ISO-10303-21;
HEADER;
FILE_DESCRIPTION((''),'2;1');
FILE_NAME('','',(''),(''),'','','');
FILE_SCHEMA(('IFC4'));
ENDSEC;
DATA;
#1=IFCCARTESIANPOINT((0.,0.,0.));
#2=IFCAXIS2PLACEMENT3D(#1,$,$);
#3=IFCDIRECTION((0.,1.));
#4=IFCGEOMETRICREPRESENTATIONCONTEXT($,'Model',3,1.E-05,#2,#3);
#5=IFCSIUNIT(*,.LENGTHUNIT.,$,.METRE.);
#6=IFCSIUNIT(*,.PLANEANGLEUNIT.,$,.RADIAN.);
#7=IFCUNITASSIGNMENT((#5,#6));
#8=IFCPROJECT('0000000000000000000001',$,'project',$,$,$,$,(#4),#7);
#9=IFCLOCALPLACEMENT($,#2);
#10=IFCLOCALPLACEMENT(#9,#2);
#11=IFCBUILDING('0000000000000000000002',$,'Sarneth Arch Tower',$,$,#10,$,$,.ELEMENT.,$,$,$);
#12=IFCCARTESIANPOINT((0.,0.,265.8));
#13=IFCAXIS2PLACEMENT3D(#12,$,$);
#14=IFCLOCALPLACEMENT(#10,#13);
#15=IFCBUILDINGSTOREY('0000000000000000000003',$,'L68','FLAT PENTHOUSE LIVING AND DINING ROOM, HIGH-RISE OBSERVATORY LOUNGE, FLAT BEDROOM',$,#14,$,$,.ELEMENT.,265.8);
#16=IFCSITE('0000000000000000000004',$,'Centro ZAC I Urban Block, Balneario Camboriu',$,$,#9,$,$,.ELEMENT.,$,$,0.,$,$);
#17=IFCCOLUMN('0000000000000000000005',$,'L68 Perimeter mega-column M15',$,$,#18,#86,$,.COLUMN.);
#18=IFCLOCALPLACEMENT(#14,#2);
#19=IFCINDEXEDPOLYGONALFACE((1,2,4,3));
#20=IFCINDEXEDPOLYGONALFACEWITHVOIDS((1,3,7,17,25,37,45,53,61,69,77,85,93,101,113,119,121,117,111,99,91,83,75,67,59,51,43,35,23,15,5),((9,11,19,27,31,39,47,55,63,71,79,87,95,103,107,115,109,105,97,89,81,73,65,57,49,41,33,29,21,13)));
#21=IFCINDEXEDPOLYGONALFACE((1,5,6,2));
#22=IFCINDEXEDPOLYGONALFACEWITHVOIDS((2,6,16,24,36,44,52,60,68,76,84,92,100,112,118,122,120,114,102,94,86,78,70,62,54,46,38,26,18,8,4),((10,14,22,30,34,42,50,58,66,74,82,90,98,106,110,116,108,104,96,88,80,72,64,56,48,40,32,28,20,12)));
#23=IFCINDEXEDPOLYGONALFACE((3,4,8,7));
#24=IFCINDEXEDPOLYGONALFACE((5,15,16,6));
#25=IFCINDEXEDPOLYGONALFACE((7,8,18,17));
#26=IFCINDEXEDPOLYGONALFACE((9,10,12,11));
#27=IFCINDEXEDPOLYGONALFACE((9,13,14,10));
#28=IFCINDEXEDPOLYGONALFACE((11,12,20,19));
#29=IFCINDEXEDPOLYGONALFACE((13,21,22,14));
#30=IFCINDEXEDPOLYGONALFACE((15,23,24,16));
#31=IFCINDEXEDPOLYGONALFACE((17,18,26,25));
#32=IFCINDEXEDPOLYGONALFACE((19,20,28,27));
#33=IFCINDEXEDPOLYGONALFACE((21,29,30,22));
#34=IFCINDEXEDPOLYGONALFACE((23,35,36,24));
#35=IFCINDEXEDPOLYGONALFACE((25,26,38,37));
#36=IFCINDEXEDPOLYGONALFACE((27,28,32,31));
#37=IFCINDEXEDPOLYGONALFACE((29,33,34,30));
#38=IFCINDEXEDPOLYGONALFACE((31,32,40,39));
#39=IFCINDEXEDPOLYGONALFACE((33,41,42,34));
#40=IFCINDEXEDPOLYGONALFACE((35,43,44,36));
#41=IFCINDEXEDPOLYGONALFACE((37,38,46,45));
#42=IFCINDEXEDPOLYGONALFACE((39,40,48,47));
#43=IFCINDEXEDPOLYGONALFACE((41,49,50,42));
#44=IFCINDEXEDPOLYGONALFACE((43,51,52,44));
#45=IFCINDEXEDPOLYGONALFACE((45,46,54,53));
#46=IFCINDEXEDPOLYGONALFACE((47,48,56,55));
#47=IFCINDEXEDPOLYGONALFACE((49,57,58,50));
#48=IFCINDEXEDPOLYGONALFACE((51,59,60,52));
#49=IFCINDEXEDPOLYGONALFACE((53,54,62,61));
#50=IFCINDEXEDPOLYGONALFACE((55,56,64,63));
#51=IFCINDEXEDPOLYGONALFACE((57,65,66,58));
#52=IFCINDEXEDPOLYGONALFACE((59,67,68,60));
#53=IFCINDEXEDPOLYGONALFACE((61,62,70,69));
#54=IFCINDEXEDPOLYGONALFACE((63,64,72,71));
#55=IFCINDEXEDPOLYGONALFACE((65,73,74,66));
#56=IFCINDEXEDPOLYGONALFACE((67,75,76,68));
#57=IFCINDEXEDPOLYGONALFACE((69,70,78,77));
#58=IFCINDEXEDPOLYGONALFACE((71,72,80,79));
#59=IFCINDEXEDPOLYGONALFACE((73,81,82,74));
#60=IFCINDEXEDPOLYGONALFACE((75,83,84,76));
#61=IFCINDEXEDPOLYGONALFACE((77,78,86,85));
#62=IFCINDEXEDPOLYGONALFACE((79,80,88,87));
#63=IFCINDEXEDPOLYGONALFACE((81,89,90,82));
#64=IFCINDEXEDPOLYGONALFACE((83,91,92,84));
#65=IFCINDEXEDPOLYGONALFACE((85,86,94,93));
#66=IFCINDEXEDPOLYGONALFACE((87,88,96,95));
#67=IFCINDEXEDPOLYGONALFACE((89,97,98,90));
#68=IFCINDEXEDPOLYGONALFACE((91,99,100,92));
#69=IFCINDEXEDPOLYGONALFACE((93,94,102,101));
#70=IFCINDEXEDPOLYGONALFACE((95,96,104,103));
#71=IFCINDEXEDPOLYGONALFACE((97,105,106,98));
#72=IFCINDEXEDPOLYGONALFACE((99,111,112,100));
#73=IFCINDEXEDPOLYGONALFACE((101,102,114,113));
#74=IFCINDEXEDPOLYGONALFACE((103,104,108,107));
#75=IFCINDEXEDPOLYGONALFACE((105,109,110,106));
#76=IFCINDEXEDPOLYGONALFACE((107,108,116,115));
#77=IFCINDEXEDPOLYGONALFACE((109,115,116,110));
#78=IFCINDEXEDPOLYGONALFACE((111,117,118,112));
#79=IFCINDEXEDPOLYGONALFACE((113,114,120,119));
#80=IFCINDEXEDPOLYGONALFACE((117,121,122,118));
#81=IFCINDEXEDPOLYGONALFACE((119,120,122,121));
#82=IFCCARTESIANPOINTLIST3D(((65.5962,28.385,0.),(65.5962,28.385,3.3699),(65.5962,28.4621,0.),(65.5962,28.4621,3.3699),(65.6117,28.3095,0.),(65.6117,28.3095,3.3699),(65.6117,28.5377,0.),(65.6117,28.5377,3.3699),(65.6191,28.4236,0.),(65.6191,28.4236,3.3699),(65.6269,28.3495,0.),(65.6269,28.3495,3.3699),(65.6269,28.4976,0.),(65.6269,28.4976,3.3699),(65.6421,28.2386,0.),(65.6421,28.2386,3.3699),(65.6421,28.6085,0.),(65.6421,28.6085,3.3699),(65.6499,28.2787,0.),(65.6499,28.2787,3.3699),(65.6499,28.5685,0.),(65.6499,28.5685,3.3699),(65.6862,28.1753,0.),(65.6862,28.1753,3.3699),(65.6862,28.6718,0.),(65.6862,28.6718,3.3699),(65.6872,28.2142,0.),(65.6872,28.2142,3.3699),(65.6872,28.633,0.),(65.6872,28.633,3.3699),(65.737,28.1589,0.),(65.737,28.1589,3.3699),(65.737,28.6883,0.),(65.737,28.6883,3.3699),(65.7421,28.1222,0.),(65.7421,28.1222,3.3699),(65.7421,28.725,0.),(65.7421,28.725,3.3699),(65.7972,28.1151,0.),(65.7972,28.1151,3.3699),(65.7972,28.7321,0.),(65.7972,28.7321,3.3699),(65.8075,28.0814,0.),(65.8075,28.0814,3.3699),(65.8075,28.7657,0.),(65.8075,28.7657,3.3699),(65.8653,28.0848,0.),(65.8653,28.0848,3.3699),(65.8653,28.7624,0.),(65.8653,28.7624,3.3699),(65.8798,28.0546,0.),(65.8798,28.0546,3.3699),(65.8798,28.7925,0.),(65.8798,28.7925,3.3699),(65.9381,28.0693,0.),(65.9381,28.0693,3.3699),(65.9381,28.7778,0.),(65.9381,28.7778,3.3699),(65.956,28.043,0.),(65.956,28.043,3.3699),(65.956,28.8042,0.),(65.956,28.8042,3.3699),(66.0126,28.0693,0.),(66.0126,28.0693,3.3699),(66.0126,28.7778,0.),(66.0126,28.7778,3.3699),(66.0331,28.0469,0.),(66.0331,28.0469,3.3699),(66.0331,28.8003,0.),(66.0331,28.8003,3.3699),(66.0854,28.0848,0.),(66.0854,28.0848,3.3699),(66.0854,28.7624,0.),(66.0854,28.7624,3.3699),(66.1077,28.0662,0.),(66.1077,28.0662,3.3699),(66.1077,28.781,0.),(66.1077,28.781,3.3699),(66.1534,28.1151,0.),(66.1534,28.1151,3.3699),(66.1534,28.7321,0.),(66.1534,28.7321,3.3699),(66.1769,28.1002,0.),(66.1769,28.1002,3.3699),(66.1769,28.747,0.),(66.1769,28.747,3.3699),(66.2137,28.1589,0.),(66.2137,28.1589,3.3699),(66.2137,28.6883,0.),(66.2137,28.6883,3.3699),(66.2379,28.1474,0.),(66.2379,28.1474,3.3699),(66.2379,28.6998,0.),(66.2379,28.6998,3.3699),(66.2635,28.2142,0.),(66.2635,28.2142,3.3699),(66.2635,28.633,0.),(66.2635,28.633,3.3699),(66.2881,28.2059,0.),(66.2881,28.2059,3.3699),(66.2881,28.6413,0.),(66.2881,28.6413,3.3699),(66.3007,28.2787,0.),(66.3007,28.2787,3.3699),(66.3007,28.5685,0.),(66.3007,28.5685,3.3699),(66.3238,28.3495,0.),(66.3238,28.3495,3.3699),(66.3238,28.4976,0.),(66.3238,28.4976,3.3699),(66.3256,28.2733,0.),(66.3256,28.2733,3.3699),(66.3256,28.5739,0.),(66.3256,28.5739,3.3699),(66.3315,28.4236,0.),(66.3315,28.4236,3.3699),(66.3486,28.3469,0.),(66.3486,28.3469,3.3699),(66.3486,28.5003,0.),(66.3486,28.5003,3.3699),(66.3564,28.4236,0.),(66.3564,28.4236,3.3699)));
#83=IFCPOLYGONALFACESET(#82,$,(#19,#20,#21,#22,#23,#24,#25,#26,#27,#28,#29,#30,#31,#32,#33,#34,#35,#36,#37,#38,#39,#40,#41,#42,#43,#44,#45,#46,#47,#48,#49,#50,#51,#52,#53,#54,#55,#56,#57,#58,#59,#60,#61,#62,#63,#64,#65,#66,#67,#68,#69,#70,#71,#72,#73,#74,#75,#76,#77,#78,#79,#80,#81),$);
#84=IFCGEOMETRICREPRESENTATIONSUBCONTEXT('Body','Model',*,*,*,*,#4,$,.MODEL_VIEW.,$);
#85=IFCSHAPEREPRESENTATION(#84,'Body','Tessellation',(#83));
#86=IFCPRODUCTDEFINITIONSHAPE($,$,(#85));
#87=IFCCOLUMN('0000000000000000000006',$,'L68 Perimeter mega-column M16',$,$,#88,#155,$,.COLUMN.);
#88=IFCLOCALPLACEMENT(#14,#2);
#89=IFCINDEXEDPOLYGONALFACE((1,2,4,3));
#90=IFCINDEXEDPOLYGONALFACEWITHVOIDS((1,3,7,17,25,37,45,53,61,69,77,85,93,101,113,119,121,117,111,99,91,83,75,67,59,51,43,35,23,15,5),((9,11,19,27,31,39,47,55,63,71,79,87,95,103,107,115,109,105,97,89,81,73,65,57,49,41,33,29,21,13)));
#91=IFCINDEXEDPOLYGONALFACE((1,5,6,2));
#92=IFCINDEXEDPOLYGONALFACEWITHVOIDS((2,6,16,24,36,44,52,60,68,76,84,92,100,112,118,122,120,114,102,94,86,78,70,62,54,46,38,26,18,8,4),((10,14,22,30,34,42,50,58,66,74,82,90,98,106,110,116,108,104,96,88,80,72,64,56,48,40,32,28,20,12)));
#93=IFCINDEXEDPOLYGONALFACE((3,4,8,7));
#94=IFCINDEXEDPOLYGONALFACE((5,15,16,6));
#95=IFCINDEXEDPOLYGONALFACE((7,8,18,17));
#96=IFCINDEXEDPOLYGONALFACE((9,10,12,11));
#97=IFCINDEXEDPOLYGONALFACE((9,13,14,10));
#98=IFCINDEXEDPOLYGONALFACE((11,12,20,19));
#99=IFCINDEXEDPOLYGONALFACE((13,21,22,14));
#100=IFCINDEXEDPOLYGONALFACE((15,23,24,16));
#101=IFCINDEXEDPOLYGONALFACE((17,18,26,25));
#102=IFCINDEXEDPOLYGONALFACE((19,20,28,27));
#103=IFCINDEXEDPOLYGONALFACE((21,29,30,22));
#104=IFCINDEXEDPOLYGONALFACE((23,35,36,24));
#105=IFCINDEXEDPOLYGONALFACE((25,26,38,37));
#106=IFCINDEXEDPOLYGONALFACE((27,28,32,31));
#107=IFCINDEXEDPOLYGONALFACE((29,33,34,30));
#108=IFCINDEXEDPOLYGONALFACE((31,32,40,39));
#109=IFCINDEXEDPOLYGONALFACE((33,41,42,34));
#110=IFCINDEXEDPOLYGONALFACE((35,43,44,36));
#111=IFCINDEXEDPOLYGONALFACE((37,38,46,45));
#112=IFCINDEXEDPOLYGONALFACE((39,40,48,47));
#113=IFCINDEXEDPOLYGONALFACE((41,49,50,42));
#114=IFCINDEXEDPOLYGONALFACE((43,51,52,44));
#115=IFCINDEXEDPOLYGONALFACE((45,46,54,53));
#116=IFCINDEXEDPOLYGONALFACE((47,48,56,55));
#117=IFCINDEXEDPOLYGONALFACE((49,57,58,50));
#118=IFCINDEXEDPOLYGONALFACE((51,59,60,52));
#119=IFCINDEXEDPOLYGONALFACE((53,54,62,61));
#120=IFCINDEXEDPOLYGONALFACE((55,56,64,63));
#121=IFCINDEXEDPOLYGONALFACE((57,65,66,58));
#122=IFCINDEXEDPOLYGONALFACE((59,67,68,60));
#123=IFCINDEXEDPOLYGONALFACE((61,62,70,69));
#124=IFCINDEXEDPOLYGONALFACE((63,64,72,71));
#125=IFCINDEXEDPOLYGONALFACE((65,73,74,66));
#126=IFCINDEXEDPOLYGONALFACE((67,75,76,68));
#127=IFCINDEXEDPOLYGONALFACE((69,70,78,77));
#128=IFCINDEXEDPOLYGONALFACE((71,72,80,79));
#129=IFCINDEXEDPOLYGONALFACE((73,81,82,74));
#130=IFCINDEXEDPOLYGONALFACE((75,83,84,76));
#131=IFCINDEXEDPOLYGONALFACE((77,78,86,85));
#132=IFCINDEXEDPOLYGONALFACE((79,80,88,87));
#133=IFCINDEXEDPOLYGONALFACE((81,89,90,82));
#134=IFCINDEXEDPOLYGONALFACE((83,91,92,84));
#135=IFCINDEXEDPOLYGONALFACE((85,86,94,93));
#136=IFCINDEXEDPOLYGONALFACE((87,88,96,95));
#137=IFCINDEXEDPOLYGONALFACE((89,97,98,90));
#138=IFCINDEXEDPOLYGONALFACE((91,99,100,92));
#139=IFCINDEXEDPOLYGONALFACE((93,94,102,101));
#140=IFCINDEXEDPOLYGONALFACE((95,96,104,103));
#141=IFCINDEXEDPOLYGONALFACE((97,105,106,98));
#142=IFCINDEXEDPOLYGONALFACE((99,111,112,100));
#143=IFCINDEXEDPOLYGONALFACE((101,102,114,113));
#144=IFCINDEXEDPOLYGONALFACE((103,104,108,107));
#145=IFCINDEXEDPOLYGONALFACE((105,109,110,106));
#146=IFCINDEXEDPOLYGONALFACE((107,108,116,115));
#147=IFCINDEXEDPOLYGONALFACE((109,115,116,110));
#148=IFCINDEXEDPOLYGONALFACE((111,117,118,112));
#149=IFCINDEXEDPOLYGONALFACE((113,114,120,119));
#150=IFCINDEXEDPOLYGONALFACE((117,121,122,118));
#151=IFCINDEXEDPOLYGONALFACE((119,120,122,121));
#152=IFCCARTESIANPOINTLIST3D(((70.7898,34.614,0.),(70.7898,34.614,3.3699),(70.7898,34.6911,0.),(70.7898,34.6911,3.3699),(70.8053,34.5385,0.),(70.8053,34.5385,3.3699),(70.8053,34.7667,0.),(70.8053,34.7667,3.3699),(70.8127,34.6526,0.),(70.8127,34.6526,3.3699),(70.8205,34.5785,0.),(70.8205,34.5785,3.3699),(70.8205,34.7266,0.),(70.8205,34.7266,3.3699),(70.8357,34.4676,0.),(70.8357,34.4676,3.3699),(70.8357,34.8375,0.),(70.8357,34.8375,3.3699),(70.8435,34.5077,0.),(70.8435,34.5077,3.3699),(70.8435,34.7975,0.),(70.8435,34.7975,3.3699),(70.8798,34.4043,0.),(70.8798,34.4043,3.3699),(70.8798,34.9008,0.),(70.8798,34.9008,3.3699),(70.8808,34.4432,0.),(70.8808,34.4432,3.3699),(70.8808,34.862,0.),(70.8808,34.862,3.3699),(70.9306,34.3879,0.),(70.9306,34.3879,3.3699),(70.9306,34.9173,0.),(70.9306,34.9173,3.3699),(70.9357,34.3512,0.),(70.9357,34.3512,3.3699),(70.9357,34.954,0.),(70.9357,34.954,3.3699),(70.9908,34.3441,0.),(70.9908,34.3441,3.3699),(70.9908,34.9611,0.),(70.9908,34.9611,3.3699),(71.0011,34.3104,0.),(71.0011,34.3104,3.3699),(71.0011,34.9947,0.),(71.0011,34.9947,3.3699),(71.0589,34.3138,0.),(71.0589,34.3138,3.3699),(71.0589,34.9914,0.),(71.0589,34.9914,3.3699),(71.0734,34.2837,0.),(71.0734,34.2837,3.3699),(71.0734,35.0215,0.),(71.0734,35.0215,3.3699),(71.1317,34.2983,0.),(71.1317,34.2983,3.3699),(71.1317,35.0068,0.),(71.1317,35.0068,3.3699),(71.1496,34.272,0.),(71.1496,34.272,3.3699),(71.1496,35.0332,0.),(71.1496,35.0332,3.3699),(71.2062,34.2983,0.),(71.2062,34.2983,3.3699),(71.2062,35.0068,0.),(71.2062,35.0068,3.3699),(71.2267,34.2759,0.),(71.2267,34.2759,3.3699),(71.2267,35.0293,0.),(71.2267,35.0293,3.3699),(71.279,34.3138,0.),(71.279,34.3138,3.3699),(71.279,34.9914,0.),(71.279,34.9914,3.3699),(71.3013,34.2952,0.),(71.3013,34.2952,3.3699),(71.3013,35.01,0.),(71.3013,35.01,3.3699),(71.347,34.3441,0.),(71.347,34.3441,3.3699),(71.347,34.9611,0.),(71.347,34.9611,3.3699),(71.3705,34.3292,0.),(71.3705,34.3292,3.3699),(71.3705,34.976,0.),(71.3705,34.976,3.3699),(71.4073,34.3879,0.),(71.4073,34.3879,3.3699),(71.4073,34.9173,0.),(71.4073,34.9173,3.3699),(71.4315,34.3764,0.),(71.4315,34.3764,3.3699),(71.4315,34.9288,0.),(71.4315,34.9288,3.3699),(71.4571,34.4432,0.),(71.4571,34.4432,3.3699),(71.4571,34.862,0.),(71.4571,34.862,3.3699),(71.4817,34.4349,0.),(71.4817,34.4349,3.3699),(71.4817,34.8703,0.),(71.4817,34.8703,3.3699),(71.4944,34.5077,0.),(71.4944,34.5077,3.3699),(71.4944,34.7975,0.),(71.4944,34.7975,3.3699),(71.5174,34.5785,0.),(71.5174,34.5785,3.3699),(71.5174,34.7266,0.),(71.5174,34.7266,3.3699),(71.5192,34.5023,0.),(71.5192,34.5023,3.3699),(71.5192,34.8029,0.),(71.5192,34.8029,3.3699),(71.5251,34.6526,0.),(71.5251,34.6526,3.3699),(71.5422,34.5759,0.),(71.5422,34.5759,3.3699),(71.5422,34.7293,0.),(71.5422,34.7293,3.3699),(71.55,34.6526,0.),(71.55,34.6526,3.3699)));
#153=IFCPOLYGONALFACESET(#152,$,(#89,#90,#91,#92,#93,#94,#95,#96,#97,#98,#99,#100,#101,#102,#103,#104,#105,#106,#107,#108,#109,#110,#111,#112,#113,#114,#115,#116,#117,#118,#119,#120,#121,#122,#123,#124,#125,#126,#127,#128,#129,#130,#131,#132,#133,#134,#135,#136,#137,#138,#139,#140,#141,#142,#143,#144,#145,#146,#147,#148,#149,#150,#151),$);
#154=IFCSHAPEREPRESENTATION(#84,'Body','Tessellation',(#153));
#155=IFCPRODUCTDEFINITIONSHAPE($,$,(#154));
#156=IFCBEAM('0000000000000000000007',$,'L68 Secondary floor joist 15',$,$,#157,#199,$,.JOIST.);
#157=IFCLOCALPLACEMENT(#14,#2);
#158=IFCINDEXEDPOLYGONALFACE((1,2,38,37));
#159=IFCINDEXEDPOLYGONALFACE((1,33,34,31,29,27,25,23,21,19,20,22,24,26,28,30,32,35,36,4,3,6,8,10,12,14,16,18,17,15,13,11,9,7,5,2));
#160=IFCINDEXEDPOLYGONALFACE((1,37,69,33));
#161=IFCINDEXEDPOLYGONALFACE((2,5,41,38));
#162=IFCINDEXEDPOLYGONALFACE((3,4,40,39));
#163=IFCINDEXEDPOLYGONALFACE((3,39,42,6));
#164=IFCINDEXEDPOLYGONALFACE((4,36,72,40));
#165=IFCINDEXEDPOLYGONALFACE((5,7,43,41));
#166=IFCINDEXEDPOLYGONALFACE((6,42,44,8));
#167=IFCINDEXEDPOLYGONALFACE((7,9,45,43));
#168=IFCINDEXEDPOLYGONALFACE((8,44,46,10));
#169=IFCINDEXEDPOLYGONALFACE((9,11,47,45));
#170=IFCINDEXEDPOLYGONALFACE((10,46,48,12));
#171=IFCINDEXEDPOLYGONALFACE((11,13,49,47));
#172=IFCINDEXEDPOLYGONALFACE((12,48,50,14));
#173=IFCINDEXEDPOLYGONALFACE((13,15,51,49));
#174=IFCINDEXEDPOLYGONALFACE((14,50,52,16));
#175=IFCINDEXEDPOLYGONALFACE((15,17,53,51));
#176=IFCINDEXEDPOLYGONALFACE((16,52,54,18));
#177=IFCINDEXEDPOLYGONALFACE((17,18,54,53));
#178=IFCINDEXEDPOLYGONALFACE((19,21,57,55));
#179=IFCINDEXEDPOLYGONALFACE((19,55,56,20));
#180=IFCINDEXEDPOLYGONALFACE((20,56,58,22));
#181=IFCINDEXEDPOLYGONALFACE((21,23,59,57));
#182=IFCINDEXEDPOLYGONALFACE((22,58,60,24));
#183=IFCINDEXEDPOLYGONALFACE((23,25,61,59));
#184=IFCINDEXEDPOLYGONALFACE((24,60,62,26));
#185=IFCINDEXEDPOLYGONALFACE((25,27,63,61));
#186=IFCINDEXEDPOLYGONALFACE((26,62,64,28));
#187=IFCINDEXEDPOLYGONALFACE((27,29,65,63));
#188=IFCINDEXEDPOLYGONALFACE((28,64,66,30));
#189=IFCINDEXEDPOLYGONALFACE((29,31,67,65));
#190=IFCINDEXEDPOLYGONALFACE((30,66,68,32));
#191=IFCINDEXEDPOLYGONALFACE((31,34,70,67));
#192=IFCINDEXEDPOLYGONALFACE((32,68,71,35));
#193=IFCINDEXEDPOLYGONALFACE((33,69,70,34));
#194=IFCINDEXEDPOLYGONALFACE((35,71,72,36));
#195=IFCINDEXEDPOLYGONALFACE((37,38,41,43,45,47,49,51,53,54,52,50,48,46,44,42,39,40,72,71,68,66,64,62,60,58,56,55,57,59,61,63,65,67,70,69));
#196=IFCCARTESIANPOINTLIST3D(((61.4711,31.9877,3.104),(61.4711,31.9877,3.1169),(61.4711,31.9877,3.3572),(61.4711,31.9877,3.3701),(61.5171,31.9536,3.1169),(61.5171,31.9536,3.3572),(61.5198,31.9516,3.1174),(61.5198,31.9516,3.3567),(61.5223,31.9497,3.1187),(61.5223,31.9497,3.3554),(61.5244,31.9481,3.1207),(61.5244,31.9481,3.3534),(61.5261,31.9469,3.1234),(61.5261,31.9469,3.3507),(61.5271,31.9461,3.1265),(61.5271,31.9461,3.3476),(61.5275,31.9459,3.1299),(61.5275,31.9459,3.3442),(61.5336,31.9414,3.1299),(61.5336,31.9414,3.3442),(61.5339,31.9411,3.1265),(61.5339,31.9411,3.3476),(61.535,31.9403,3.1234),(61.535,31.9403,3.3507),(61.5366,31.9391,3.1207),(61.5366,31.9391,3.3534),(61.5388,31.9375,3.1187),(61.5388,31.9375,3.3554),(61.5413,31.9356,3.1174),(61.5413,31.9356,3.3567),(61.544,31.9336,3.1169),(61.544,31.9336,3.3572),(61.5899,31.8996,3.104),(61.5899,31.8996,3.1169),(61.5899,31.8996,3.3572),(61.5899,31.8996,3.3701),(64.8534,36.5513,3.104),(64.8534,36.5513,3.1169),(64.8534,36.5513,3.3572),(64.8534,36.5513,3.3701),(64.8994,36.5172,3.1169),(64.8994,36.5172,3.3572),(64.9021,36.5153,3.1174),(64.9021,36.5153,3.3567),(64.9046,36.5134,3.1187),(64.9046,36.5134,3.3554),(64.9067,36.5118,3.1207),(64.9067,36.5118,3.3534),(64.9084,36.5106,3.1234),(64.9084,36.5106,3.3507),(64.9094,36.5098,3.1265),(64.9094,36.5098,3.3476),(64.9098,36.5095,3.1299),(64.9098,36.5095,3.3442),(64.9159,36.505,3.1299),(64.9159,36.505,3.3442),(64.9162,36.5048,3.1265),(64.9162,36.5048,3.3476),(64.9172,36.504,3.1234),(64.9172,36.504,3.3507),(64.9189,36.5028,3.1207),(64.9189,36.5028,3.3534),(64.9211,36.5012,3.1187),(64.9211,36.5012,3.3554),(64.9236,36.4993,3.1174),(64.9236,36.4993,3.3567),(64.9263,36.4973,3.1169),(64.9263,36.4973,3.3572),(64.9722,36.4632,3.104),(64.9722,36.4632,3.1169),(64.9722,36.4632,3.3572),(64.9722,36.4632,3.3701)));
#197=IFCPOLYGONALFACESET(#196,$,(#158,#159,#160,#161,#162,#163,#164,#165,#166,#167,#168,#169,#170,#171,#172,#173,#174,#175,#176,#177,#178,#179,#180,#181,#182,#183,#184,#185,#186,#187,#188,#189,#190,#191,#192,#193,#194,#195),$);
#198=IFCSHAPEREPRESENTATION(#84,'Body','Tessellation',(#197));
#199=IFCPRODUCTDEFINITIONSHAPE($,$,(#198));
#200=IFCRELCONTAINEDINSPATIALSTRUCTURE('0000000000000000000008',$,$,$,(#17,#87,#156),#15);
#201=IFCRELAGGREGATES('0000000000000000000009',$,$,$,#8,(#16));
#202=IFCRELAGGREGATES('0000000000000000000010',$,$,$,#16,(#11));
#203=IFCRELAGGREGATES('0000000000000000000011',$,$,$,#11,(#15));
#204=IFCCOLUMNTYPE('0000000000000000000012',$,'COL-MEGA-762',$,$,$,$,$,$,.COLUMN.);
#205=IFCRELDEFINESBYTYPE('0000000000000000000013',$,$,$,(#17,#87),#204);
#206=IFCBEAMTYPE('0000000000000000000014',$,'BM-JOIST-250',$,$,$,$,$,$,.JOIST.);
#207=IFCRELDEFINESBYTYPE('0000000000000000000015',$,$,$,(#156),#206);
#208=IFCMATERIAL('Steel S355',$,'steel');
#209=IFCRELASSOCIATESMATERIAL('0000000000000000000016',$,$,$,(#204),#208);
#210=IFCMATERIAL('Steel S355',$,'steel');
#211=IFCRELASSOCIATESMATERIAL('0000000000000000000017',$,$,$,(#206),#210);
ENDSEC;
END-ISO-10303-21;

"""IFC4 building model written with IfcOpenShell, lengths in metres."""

from ifc_helpers import new_model, si_unit, direction, frame, origin, origin_2d, place, context, subcontext, project, spatial, hollow_circle, i_section, extrude, material, material_profile, profile_set, type_object, element, save


model = new_model("IFC4")

# Units and contexts
model_context = context("Model", 3, precision=1e-05, world=origin(), true_north=direction((0.0, 1.0)))
body_context = subcontext(model_context, "Body", "Model", "MODEL_VIEW")
ifc_project = project(units=[si_unit("LENGTHUNIT", "METRE"), si_unit("PLANEANGLEUNIT", "RADIAN")], contexts=[model_context])

# Site, building, storey
site_placement = place(None, origin())
site = spatial("IfcSite", under=ifc_project, at=site_placement, Name="Centro ZAC I Urban Block, Balneario Camboriu", CompositionType="ELEMENT", RefElevation=0.0)
building_placement = place(site_placement, origin())
building = spatial("IfcBuilding", under=site, at=building_placement, Name="Sarneth Arch Tower", CompositionType="ELEMENT")
storey_placement = place(building_placement, frame((0.0, 0.0, 265.8)))
storey = spatial("IfcBuildingStorey", under=building, at=storey_placement, Name="L68", Description="FLAT PENTHOUSE LIVING AND DINING ROOM, HIGH-RISE OBSERVATORY LOUNGE, FLAT BEDROOM", CompositionType="ELEMENT", Elevation=265.8)

# Columns
ifc_material_1 = material(Name="Steel S355", Category="steel")
ifc_material_profile_1 = material_profile(ifc_material_1, hollow_circle(Radius=0.3811, WallThickness=0.0249, at=origin_2d()), Name="CHS762x25")
ifc_profile_set_1 = profile_set([ifc_material_profile_1], Name="Steel S355")
column_type = type_object("IfcColumnType", Name="COL-MEGA-762", PredefinedType="COLUMN", material=ifc_profile_set_1)
for number, where, z_axis, x_axis, name in (
    (1, (65.9753, 28.4236, 0.0), (0.0, 0.0, 1.0), (1.0, 0.0, 0.0), "L68 Perimeter mega-column M15"),
    (2, (71.1689, 34.6526, 0.0), (0.0, 0.0, 1.0), (1.0, 0.0, 0.0), "L68 Perimeter mega-column M16"),
):
    element("IfcColumn", number, at=place(storey_placement, frame(where, z_axis=z_axis, x_axis=x_axis)), inside=storey, type_object=column_type, Name=name, PredefinedType="COLUMN", context=body_context, shape_type="SweptSolid", body=[
        extrude(hollow_circle(Radius=0.3811, WallThickness=0.0249, at=origin_2d()), origin(), (0.0, 0.0, 1.0), 3.3699),
    ])

# Beam
ifc_material_2 = material(Name="Steel S355", Category="steel")
ifc_material_profile_2 = material_profile(ifc_material_2, i_section(OverallWidth=0.1479, OverallDepth=0.2661, WebThickness=0.0076, FlangeThickness=0.0129, FilletRadius=0.0129, at=origin_2d()), Name="W250x44.8")
ifc_profile_set_2 = profile_set([ifc_material_profile_2], Name="Steel S355")
beam_type_1 = type_object("IfcBeamType", Name="BM-JOIST-250", PredefinedType="JOIST", material=ifc_profile_set_2)
beam_1_placement = place(storey_placement, frame((61.5305, 31.9436, 3.2371), z_axis=(0.595431, 0.803406, 0.0), x_axis=(-0.803406, 0.595431, 0.0)))
element("IfcBeam", 3, at=beam_1_placement, inside=storey, type_object=beam_type_1, Name="L68 Secondary floor joist 15", PredefinedType="JOIST", context=body_context, shape_type="SweptSolid", body=[
    extrude(i_section(OverallWidth=0.1479, OverallDepth=0.2661, WebThickness=0.0076, FlangeThickness=0.0129, FilletRadius=0.0129, at=origin_2d()), origin(), (0.0, 0.0, 1.0), 5.6804),
])

save(model, "model.ifc")
